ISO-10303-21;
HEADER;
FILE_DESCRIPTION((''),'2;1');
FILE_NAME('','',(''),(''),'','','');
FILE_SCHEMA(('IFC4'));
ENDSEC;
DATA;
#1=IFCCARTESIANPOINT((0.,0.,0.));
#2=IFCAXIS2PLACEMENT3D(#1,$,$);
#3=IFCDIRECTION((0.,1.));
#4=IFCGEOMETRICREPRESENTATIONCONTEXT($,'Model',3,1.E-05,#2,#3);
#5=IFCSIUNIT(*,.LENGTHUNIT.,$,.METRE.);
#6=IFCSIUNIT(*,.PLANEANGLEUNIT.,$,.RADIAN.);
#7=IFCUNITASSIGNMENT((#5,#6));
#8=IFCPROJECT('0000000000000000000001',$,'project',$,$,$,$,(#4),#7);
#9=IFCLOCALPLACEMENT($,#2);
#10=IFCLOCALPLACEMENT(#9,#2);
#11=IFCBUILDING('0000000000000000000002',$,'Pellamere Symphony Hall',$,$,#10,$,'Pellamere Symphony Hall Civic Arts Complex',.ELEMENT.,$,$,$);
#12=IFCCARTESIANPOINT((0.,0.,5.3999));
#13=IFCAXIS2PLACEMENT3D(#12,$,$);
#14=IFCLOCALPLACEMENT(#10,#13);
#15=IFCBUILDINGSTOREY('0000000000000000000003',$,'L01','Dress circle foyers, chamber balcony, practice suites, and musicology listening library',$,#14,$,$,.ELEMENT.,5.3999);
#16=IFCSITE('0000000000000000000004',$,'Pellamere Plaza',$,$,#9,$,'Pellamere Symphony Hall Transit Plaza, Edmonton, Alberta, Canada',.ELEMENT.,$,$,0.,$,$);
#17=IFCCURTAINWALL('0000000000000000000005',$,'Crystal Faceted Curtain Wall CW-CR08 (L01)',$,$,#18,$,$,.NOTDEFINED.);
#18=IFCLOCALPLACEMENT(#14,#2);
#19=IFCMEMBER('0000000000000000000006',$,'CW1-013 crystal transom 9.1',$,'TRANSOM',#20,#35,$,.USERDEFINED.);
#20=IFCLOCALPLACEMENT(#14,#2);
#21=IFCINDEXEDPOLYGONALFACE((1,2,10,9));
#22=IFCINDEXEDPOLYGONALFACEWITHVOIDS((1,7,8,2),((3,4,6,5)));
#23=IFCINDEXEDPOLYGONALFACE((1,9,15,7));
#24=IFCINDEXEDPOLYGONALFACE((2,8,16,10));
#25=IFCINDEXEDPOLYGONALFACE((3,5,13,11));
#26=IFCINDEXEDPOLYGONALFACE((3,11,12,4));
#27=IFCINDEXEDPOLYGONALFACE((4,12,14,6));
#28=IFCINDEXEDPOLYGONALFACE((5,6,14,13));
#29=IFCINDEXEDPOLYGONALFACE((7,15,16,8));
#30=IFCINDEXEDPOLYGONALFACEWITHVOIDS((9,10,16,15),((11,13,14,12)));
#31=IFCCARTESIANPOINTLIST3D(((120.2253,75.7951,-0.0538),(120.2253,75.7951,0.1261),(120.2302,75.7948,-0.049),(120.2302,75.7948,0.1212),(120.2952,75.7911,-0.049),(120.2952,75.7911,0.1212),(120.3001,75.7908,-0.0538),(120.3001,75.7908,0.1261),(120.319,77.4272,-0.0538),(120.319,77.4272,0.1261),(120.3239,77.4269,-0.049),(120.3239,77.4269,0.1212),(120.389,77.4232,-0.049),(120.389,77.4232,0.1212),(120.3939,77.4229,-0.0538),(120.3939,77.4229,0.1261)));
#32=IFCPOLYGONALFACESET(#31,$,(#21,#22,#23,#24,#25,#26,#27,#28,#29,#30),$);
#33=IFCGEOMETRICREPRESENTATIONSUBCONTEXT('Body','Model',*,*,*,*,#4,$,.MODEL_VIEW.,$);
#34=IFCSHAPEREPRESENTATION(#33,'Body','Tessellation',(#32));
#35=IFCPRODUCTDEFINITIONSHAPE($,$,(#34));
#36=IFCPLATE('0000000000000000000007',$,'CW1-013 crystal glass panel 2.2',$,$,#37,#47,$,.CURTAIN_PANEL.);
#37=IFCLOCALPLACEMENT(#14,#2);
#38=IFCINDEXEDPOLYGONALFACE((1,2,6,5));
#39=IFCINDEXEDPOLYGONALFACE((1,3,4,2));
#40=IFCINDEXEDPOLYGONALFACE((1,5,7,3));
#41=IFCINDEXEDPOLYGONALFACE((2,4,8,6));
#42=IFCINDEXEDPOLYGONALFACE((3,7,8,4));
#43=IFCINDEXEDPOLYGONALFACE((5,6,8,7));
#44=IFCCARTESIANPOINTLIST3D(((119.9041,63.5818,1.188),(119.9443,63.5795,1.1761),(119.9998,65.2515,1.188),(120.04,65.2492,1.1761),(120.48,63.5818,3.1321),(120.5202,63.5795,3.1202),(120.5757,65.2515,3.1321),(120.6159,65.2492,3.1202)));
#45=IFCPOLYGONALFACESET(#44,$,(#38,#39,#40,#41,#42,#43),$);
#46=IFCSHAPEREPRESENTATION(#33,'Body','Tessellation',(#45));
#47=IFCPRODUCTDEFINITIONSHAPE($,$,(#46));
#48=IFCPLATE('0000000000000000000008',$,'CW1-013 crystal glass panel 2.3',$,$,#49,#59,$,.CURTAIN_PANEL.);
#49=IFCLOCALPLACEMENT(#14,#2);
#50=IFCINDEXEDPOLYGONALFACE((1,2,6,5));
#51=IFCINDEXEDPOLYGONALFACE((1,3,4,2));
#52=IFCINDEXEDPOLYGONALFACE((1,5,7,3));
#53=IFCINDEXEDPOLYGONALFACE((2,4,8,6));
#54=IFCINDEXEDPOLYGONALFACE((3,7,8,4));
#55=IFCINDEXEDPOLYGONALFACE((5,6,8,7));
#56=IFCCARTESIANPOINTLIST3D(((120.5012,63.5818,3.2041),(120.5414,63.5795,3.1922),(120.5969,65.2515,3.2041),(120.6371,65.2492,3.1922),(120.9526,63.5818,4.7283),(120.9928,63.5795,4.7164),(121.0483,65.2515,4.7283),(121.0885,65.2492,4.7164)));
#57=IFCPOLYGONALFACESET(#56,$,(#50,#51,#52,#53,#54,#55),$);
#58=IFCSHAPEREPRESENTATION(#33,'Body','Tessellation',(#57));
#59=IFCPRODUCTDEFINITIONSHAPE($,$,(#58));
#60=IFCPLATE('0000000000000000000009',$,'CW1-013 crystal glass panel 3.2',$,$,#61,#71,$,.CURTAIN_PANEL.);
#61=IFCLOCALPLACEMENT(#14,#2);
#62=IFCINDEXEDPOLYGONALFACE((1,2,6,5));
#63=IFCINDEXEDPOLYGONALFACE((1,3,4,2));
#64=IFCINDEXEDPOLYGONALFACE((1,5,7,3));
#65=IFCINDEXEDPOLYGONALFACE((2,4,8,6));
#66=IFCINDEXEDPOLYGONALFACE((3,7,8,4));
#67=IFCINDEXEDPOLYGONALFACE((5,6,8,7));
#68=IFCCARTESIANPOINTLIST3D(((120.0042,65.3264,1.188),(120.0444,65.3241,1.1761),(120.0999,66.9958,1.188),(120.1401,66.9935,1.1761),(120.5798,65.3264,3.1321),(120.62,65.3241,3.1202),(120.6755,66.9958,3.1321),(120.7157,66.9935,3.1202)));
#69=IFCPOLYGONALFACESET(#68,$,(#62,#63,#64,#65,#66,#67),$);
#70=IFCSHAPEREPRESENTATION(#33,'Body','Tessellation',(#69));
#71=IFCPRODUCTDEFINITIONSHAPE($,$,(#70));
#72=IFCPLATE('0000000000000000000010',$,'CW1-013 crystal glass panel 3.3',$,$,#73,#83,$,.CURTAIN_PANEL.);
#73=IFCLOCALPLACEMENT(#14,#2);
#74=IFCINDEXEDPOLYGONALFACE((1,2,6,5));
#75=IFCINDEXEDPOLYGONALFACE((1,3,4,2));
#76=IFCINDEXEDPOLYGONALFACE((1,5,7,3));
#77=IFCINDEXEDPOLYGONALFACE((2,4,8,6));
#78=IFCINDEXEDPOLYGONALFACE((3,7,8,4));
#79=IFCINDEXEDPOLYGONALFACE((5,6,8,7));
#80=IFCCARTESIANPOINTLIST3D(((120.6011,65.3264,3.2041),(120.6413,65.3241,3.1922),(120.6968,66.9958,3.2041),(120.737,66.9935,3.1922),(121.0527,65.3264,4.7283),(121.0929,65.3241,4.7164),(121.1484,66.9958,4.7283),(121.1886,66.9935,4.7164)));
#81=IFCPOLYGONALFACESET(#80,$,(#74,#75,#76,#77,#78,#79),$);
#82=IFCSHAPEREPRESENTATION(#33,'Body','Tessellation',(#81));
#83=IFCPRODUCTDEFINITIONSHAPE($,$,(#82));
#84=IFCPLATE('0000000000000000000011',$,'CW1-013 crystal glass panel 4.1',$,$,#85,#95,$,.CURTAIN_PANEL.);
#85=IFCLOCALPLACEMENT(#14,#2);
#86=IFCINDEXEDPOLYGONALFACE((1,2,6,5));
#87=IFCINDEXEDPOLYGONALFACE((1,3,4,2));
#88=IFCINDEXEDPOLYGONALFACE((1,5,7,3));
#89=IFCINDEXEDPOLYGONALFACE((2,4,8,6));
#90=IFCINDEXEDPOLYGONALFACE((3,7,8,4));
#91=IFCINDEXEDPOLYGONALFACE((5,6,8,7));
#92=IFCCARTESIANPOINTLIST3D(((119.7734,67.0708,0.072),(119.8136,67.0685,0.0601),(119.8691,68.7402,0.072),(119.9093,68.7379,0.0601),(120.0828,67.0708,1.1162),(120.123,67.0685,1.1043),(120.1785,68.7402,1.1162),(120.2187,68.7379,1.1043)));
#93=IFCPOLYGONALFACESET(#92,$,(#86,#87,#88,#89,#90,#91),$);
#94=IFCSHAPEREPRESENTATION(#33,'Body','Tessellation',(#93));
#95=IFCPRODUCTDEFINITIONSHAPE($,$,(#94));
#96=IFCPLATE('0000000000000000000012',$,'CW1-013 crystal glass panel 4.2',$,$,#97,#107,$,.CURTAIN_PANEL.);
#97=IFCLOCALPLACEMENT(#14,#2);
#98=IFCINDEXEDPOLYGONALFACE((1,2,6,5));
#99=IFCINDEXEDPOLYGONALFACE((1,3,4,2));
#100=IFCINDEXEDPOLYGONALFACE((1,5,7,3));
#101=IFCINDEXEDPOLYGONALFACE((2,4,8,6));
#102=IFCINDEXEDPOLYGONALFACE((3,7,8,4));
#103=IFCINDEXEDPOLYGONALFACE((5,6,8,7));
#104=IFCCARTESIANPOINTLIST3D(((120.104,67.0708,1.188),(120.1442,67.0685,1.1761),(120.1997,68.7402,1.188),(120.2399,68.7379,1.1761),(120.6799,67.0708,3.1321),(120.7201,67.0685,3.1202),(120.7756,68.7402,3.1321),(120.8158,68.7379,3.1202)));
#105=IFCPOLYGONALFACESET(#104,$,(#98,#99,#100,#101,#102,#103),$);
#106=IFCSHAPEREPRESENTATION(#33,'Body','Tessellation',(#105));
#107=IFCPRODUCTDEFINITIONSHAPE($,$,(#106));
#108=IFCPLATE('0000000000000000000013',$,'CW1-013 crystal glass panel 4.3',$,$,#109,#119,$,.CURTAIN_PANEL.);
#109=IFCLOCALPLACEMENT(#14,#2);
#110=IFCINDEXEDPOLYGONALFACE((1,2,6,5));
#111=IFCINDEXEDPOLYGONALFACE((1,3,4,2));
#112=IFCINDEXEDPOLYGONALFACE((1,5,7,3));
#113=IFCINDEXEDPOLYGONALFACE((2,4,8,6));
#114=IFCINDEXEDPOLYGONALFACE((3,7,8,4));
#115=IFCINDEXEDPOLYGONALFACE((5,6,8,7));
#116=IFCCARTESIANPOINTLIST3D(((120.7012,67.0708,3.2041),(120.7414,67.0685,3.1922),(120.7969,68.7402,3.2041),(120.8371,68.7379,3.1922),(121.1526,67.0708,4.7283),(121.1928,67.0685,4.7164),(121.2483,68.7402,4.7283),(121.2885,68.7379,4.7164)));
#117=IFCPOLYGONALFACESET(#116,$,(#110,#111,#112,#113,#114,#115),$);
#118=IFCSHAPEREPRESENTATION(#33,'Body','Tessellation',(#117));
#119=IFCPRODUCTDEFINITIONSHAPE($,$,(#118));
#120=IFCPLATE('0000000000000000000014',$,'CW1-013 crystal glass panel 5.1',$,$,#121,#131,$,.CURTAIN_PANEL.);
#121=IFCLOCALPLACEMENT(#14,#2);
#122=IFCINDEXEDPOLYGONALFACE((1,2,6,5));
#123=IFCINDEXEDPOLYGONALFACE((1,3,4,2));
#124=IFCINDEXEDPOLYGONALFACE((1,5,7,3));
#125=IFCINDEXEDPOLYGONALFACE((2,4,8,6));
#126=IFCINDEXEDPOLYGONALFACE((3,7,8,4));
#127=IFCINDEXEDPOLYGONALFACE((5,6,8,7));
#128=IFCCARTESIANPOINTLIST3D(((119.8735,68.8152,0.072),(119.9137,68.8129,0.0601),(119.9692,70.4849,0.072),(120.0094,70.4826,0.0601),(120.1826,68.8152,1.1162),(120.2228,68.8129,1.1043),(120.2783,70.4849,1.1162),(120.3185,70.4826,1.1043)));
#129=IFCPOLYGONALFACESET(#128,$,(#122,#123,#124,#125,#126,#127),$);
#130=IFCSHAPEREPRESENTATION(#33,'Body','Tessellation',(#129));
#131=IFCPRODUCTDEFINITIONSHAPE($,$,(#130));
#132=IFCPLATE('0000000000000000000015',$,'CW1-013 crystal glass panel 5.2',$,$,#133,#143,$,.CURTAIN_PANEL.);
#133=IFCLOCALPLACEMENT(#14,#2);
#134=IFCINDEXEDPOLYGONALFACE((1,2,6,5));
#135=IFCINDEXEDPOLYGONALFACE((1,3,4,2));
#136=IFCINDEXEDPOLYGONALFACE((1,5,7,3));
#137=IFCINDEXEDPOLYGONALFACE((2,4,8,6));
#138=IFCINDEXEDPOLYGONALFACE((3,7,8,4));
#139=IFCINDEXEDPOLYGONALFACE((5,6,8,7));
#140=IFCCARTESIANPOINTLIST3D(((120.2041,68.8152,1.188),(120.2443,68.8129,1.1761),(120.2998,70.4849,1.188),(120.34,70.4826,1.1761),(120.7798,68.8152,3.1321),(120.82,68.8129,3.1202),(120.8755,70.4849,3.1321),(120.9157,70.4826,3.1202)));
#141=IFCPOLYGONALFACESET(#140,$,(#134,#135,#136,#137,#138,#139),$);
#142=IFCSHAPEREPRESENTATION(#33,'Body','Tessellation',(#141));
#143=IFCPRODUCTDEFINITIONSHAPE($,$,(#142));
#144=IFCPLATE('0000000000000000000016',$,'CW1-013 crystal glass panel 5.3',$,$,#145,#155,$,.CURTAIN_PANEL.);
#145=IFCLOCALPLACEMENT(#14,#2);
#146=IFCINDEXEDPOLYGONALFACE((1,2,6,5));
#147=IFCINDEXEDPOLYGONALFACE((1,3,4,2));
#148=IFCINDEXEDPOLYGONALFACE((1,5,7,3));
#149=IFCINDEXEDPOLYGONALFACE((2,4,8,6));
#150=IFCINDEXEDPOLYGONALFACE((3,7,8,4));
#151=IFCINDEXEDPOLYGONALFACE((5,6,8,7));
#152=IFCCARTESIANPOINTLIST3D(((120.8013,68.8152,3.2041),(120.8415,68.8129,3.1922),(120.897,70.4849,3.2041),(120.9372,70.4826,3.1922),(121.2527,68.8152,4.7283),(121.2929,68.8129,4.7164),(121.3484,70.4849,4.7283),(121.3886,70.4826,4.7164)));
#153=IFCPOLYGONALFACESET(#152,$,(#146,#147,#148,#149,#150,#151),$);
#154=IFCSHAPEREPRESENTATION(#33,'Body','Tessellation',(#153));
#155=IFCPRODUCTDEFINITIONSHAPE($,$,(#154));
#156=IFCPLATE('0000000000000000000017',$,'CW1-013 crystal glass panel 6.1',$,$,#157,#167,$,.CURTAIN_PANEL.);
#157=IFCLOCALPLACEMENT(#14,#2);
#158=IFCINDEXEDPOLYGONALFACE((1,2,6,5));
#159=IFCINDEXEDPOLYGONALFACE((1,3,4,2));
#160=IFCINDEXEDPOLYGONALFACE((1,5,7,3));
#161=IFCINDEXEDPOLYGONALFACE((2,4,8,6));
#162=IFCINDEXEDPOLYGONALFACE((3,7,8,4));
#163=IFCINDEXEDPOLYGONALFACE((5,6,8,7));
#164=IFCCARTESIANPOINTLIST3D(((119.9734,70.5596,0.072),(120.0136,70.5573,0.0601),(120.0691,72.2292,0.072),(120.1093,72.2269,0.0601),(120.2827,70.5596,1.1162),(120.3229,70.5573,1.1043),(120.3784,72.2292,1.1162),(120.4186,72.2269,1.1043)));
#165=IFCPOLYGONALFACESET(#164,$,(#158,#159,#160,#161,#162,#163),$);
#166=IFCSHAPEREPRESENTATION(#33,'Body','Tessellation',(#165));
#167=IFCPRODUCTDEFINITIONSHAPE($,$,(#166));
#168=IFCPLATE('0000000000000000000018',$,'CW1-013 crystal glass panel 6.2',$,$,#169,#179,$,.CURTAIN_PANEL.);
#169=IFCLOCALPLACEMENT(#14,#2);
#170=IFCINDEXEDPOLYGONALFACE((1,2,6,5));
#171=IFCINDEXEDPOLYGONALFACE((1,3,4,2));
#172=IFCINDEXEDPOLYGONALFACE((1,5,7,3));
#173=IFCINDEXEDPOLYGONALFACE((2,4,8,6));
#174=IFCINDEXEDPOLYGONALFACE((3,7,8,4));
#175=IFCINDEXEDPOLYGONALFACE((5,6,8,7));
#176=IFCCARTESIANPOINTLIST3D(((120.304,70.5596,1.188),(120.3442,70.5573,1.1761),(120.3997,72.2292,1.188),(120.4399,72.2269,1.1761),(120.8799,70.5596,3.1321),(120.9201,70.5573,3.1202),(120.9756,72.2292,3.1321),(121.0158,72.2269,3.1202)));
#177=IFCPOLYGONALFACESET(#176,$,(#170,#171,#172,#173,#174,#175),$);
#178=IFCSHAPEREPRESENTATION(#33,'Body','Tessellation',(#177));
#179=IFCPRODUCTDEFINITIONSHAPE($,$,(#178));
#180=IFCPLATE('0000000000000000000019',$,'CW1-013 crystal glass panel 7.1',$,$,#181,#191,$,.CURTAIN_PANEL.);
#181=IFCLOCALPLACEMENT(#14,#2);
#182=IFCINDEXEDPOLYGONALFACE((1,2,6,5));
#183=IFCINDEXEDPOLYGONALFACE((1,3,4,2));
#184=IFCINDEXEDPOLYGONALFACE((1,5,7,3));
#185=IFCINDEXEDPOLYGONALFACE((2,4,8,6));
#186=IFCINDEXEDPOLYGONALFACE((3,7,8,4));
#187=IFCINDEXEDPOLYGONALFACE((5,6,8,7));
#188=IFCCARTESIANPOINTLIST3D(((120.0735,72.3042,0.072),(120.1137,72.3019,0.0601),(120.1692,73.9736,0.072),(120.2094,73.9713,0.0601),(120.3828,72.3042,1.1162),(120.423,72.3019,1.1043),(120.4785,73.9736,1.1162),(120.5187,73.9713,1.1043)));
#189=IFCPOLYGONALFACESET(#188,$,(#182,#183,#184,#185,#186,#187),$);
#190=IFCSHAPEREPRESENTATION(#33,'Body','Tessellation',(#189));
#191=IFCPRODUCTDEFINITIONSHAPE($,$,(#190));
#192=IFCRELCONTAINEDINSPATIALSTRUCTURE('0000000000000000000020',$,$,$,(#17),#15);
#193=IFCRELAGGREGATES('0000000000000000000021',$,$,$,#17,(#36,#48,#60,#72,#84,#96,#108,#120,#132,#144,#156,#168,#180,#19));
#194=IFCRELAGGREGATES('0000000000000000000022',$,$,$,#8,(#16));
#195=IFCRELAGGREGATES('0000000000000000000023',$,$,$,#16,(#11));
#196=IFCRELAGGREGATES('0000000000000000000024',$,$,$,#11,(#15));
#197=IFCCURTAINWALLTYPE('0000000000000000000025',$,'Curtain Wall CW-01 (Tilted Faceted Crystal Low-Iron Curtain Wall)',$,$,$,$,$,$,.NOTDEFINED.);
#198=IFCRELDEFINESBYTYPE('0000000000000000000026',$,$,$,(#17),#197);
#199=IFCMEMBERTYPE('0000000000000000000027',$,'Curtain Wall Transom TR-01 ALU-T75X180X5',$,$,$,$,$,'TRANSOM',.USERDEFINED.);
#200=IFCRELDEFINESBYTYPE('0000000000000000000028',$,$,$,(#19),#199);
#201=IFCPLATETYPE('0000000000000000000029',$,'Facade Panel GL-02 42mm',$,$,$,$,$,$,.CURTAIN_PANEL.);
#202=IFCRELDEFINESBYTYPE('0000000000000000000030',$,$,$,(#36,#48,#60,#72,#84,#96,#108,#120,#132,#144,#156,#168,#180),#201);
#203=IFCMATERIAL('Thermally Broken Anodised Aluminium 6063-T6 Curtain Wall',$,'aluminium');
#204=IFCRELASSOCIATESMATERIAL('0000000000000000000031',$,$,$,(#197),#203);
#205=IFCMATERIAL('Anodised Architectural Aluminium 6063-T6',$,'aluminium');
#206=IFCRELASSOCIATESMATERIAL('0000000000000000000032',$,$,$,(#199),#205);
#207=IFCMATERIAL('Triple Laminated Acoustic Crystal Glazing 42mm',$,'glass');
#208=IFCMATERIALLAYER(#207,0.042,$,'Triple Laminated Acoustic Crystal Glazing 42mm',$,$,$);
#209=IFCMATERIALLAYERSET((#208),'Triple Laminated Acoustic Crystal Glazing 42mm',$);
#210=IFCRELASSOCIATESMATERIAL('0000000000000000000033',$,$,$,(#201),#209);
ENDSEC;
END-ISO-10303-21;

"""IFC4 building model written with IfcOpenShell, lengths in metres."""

from ifc_helpers import new_model, si_unit, direction, frame, origin, origin_2d, place, context, subcontext, project, spatial, polyline, hollow_rectangle, outline, extrude, material, layer, layer_set, material_profile, profile_set, type_object, element, aggregate, save


model = new_model("IFC4")

# Units and contexts
model_context = context("Model", 3, precision=1e-05, world=origin(), true_north=direction((0.0, 1.0)))
body_context = subcontext(model_context, "Body", "Model", "MODEL_VIEW")
ifc_project = project(units=[si_unit("LENGTHUNIT", "METRE"), si_unit("PLANEANGLEUNIT", "RADIAN")], contexts=[model_context])

# Site, building, storey
site_placement = place(None, origin())
site = spatial("IfcSite", under=ifc_project, at=site_placement, Name="Pellamere Plaza", LongName="Pellamere Symphony Hall Transit Plaza, Edmonton, Alberta, Canada", CompositionType="ELEMENT", RefElevation=0.0)
building_placement = place(site_placement, origin())
building = spatial("IfcBuilding", under=site, at=building_placement, Name="Pellamere Symphony Hall", LongName="Pellamere Symphony Hall Civic Arts Complex", CompositionType="ELEMENT")
storey_placement = place(building_placement, frame((0.0, 0.0, 5.3999)))
storey = spatial("IfcBuildingStorey", under=building, at=storey_placement, Name="L01", Description="Dress circle foyers, chamber balcony, practice suites, and musicology listening library", CompositionType="ELEMENT", Elevation=5.3999)

# Curtain wall, member, plates
ifc_material_1 = material(Name="Thermally Broken Anodised Aluminium 6063-T6 Curtain Wall", Category="aluminium")
curtain_wall_type = type_object("IfcCurtainWallType", Name="Curtain Wall CW-01 (Tilted Faceted Crystal Low-Iron Curtain Wall)", PredefinedType="NOTDEFINED", material=ifc_material_1)
curtain_wall_placement = place(storey_placement, origin())
curtain_wall = element("IfcCurtainWall", 1, at=curtain_wall_placement, inside=storey, type_object=curtain_wall_type, Name="Crystal Faceted Curtain Wall CW-CR08 (L01)", PredefinedType="NOTDEFINED")
ifc_material_2 = material(Name="Anodised Architectural Aluminium 6063-T6", Category="aluminium")
ifc_material_profile_1 = material_profile(ifc_material_2, hollow_rectangle(XDim=0.075, YDim=0.1799, WallThickness=0.0049, at=origin_2d()), Name="ALU-T75X180X5")
ifc_profile_set_1 = profile_set([ifc_material_profile_1], Name="Anodised Architectural Aluminium 6063-T6")
member_type_1 = type_object("IfcMemberType", Name="Curtain Wall Transom TR-01 ALU-T75X180X5", ElementType="TRANSOM", PredefinedType="USERDEFINED", material=ifc_profile_set_1)
member_1_placement = place(storey_placement, frame((120.2627, 75.793, 0.0361), z_axis=(0.057348, 0.998354, 0.0), x_axis=(-0.998354, 0.057348, 0.0)))
member_1 = element("IfcMember", 2, at=member_1_placement, type_object=member_type_1, Name="CW1-013 crystal transom 9.1", ObjectType="TRANSOM", PredefinedType="USERDEFINED", context=body_context, shape_type="SweptSolid", body=[
    extrude(hollow_rectangle(XDim=0.075, YDim=0.1799, WallThickness=0.0049, at=origin_2d()), origin(), (0.0, 0.0, 1.0), 1.6348),
])
ifc_material_3 = material(Name="Triple Laminated Acoustic Crystal Glazing 42mm", Category="glass")
ifc_layer = layer(ifc_material_3, 0.042, Name="Triple Laminated Acoustic Crystal Glazing 42mm")
ifc_layer_set = layer_set([ifc_layer], Name="Triple Laminated Acoustic Crystal Glazing 42mm")
plate_type = type_object("IfcPlateType", Name="Facade Panel GL-02 42mm", PredefinedType="CURTAIN_PANEL", material=ifc_layer_set)
plate_1_placement = place(storey_placement, frame((119.9041, 63.5818, 1.188), z_axis=(-0.957367, 0.054875, 0.283615), x_axis=(0.057224, 0.998361, 0.0)))
plate_1 = element("IfcPlate", 3, at=plate_1_placement, type_object=plate_type, Name="CW1-013 crystal glass panel 2.2", PredefinedType="CURTAIN_PANEL", context=body_context, shape_type="SweptSolid", body=[
    extrude(outline(polyline([(0.0, 0.0), (1.6724, 0.0), (1.7054, -2.0273), (0.033, -2.0273), (0.0, 0.0)])), origin(), (0.0, 0.0, -1.0), 0.042),
])
plate_2_placement = place(storey_placement, frame((120.5012, 63.5818, 3.2041), z_axis=(-0.957386, 0.054876, 0.283551), x_axis=(0.057224, 0.998361, 0.0)))
plate_2 = element("IfcPlate", 4, at=plate_2_placement, type_object=plate_type, Name="CW1-013 crystal glass panel 2.3", PredefinedType="CURTAIN_PANEL", context=body_context, shape_type="SweptSolid", body=[
    extrude(outline(polyline([(0.0, 0.0), (1.6724, 0.0), (1.6983, -1.5894), (0.0258, -1.5894), (0.0, 0.0)])), origin(), (0.0, 0.0, -1.0), 0.042),
])
plate_3_placement = place(storey_placement, frame((120.0042, 65.3264, 1.188), z_axis=(-0.957399, 0.054885, 0.283505), x_axis=(0.057233, 0.998361, 0.0)))
plate_3 = element("IfcPlate", 5, at=plate_3_placement, type_object=plate_type, Name="CW1-013 crystal glass panel 3.2", PredefinedType="CURTAIN_PANEL", context=body_context, shape_type="SweptSolid", body=[
    extrude(outline(polyline([(0.0, 0.0), (1.6722, 0.0), (1.7051, -2.0273), (0.0329, -2.0273), (0.0, 0.0)])), origin(), (0.0, 0.0, -1.0), 0.042),
])
plate_4_placement = place(storey_placement, frame((120.6011, 65.3264, 3.2041), z_axis=(-0.957344, 0.054881, 0.283692), x_axis=(0.057233, 0.998361, 0.0)))
plate_4 = element("IfcPlate", 6, at=plate_4_placement, type_object=plate_type, Name="CW1-013 crystal glass panel 3.3", PredefinedType="CURTAIN_PANEL", context=body_context, shape_type="SweptSolid", body=[
    extrude(outline(polyline([(0.0, 0.0), (1.6722, 0.0), (1.698, -1.5895), (0.0258, -1.5895), (0.0, 0.0)])), origin(), (0.0, 0.0, -1.0), 0.042),
])
plate_5_placement = place(storey_placement, frame((119.7734, 67.0708, 0.072), z_axis=(-0.957369, 0.054883, 0.283607), x_axis=(0.057233, 0.998361, 0.0)))
plate_5 = element("IfcPlate", 7, at=plate_5_placement, type_object=plate_type, Name="CW1-013 crystal glass panel 4.1", PredefinedType="CURTAIN_PANEL", context=body_context, shape_type="SweptSolid", body=[
    extrude(outline(polyline([(0.0, 0.0), (1.6722, 0.0), (1.6899, -1.0889), (0.0177, -1.0889), (0.0, 0.0)])), origin(), (0.0, 0.0, -1.0), 0.042),
])
plate_6_placement = place(storey_placement, frame((120.104, 67.0708, 1.188), z_axis=(-0.957366, 0.054883, 0.283615), x_axis=(0.057233, 0.998361, 0.0)))
plate_6 = element("IfcPlate", 8, at=plate_6_placement, type_object=plate_type, Name="CW1-013 crystal glass panel 4.2", PredefinedType="CURTAIN_PANEL", context=body_context, shape_type="SweptSolid", body=[
    extrude(outline(polyline([(0.0, 0.0), (1.6722, 0.0), (1.7051, -2.0273), (0.033, -2.0273), (0.0, 0.0)])), origin(), (0.0, 0.0, -1.0), 0.042),
])
plate_7_placement = place(storey_placement, frame((120.7012, 67.0708, 3.2041), z_axis=(-0.957385, 0.054884, 0.28355), x_axis=(0.057233, 0.998361, 0.0)))
plate_7 = element("IfcPlate", 9, at=plate_7_placement, type_object=plate_type, Name="CW1-013 crystal glass panel 4.3", PredefinedType="CURTAIN_PANEL", context=body_context, shape_type="SweptSolid", body=[
    extrude(outline(polyline([(0.0, 0.0), (1.6722, 0.0), (1.698, -1.5894), (0.0258, -1.5894), (0.0, 0.0)])), origin(), (0.0, 0.0, -1.0), 0.042),
])
plate_8_placement = place(storey_placement, frame((119.8735, 68.8152, 0.072), z_axis=(-0.95743, 0.054878, 0.283401), x_axis=(0.057224, 0.998361, 0.0)))
plate_8 = element("IfcPlate", 10, at=plate_8_placement, type_object=plate_type, Name="CW1-013 crystal glass panel 5.1", PredefinedType="CURTAIN_PANEL", context=body_context, shape_type="SweptSolid", body=[
    extrude(outline(polyline([(0.0, 0.0), (1.6724, 0.0), (1.6901, -1.0888), (0.0177, -1.0888), (0.0, 0.0)])), origin(), (0.0, 0.0, -1.0), 0.042),
])
plate_9_placement = place(storey_placement, frame((120.2041, 68.8152, 1.188), z_axis=(-0.957399, 0.054877, 0.283505), x_axis=(0.057224, 0.998361, 0.0)))
plate_9 = element("IfcPlate", 11, at=plate_9_placement, type_object=plate_type, Name="CW1-013 crystal glass panel 5.2", PredefinedType="CURTAIN_PANEL", context=body_context, shape_type="SweptSolid", body=[
    extrude(outline(polyline([(0.0, 0.0), (1.6724, 0.0), (1.7054, -2.0273), (0.0329, -2.0273), (0.0, 0.0)])), origin(), (0.0, 0.0, -1.0), 0.042),
])
plate_10_placement = place(storey_placement, frame((120.8013, 68.8152, 3.2041), z_axis=(-0.957386, 0.054876, 0.283551), x_axis=(0.057224, 0.998361, 0.0)))
plate_10 = element("IfcPlate", 12, at=plate_10_placement, type_object=plate_type, Name="CW1-013 crystal glass panel 5.3", PredefinedType="CURTAIN_PANEL", context=body_context, shape_type="SweptSolid", body=[
    extrude(outline(polyline([(0.0, 0.0), (1.6724, 0.0), (1.6983, -1.5894), (0.0258, -1.5894), (0.0, 0.0)])), origin(), (0.0, 0.0, -1.0), 0.042),
])
plate_11_placement = place(storey_placement, frame((119.9734, 70.5596, 0.072), z_axis=(-0.957369, 0.054875, 0.283607), x_axis=(0.057224, 0.998361, 0.0)))
plate_11 = element("IfcPlate", 13, at=plate_11_placement, type_object=plate_type, Name="CW1-013 crystal glass panel 6.1", PredefinedType="CURTAIN_PANEL", context=body_context, shape_type="SweptSolid", body=[
    extrude(outline(polyline([(0.0, 0.0), (1.6724, 0.0), (1.6901, -1.0889), (0.0177, -1.0889), (0.0, 0.0)])), origin(), (0.0, 0.0, -1.0), 0.042),
])
plate_12_placement = place(storey_placement, frame((120.304, 70.5596, 1.188), z_axis=(-0.957367, 0.054875, 0.283615), x_axis=(0.057224, 0.998361, 0.0)))
plate_12 = element("IfcPlate", 14, at=plate_12_placement, type_object=plate_type, Name="CW1-013 crystal glass panel 6.2", PredefinedType="CURTAIN_PANEL", context=body_context, shape_type="SweptSolid", body=[
    extrude(outline(polyline([(0.0, 0.0), (1.6724, 0.0), (1.7054, -2.0273), (0.033, -2.0273), (0.0, 0.0)])), origin(), (0.0, 0.0, -1.0), 0.042),
])
plate_13_placement = place(storey_placement, frame((120.0735, 72.3042, 0.072), z_axis=(-0.957369, 0.054883, 0.283607), x_axis=(0.057233, 0.998361, 0.0)))
plate_13 = element("IfcPlate", 15, at=plate_13_placement, type_object=plate_type, Name="CW1-013 crystal glass panel 7.1", PredefinedType="CURTAIN_PANEL", context=body_context, shape_type="SweptSolid", body=[
    extrude(outline(polyline([(0.0, 0.0), (1.6722, 0.0), (1.6899, -1.0889), (0.0177, -1.0889), (0.0, 0.0)])), origin(), (0.0, 0.0, -1.0), 0.042),
])
aggregate(curtain_wall, [plate_1, plate_2, plate_3, plate_4, plate_5, plate_6, plate_7, plate_8, plate_9, plate_10, plate_11, plate_12, plate_13, member_1])

save(model, "model.ifc")
